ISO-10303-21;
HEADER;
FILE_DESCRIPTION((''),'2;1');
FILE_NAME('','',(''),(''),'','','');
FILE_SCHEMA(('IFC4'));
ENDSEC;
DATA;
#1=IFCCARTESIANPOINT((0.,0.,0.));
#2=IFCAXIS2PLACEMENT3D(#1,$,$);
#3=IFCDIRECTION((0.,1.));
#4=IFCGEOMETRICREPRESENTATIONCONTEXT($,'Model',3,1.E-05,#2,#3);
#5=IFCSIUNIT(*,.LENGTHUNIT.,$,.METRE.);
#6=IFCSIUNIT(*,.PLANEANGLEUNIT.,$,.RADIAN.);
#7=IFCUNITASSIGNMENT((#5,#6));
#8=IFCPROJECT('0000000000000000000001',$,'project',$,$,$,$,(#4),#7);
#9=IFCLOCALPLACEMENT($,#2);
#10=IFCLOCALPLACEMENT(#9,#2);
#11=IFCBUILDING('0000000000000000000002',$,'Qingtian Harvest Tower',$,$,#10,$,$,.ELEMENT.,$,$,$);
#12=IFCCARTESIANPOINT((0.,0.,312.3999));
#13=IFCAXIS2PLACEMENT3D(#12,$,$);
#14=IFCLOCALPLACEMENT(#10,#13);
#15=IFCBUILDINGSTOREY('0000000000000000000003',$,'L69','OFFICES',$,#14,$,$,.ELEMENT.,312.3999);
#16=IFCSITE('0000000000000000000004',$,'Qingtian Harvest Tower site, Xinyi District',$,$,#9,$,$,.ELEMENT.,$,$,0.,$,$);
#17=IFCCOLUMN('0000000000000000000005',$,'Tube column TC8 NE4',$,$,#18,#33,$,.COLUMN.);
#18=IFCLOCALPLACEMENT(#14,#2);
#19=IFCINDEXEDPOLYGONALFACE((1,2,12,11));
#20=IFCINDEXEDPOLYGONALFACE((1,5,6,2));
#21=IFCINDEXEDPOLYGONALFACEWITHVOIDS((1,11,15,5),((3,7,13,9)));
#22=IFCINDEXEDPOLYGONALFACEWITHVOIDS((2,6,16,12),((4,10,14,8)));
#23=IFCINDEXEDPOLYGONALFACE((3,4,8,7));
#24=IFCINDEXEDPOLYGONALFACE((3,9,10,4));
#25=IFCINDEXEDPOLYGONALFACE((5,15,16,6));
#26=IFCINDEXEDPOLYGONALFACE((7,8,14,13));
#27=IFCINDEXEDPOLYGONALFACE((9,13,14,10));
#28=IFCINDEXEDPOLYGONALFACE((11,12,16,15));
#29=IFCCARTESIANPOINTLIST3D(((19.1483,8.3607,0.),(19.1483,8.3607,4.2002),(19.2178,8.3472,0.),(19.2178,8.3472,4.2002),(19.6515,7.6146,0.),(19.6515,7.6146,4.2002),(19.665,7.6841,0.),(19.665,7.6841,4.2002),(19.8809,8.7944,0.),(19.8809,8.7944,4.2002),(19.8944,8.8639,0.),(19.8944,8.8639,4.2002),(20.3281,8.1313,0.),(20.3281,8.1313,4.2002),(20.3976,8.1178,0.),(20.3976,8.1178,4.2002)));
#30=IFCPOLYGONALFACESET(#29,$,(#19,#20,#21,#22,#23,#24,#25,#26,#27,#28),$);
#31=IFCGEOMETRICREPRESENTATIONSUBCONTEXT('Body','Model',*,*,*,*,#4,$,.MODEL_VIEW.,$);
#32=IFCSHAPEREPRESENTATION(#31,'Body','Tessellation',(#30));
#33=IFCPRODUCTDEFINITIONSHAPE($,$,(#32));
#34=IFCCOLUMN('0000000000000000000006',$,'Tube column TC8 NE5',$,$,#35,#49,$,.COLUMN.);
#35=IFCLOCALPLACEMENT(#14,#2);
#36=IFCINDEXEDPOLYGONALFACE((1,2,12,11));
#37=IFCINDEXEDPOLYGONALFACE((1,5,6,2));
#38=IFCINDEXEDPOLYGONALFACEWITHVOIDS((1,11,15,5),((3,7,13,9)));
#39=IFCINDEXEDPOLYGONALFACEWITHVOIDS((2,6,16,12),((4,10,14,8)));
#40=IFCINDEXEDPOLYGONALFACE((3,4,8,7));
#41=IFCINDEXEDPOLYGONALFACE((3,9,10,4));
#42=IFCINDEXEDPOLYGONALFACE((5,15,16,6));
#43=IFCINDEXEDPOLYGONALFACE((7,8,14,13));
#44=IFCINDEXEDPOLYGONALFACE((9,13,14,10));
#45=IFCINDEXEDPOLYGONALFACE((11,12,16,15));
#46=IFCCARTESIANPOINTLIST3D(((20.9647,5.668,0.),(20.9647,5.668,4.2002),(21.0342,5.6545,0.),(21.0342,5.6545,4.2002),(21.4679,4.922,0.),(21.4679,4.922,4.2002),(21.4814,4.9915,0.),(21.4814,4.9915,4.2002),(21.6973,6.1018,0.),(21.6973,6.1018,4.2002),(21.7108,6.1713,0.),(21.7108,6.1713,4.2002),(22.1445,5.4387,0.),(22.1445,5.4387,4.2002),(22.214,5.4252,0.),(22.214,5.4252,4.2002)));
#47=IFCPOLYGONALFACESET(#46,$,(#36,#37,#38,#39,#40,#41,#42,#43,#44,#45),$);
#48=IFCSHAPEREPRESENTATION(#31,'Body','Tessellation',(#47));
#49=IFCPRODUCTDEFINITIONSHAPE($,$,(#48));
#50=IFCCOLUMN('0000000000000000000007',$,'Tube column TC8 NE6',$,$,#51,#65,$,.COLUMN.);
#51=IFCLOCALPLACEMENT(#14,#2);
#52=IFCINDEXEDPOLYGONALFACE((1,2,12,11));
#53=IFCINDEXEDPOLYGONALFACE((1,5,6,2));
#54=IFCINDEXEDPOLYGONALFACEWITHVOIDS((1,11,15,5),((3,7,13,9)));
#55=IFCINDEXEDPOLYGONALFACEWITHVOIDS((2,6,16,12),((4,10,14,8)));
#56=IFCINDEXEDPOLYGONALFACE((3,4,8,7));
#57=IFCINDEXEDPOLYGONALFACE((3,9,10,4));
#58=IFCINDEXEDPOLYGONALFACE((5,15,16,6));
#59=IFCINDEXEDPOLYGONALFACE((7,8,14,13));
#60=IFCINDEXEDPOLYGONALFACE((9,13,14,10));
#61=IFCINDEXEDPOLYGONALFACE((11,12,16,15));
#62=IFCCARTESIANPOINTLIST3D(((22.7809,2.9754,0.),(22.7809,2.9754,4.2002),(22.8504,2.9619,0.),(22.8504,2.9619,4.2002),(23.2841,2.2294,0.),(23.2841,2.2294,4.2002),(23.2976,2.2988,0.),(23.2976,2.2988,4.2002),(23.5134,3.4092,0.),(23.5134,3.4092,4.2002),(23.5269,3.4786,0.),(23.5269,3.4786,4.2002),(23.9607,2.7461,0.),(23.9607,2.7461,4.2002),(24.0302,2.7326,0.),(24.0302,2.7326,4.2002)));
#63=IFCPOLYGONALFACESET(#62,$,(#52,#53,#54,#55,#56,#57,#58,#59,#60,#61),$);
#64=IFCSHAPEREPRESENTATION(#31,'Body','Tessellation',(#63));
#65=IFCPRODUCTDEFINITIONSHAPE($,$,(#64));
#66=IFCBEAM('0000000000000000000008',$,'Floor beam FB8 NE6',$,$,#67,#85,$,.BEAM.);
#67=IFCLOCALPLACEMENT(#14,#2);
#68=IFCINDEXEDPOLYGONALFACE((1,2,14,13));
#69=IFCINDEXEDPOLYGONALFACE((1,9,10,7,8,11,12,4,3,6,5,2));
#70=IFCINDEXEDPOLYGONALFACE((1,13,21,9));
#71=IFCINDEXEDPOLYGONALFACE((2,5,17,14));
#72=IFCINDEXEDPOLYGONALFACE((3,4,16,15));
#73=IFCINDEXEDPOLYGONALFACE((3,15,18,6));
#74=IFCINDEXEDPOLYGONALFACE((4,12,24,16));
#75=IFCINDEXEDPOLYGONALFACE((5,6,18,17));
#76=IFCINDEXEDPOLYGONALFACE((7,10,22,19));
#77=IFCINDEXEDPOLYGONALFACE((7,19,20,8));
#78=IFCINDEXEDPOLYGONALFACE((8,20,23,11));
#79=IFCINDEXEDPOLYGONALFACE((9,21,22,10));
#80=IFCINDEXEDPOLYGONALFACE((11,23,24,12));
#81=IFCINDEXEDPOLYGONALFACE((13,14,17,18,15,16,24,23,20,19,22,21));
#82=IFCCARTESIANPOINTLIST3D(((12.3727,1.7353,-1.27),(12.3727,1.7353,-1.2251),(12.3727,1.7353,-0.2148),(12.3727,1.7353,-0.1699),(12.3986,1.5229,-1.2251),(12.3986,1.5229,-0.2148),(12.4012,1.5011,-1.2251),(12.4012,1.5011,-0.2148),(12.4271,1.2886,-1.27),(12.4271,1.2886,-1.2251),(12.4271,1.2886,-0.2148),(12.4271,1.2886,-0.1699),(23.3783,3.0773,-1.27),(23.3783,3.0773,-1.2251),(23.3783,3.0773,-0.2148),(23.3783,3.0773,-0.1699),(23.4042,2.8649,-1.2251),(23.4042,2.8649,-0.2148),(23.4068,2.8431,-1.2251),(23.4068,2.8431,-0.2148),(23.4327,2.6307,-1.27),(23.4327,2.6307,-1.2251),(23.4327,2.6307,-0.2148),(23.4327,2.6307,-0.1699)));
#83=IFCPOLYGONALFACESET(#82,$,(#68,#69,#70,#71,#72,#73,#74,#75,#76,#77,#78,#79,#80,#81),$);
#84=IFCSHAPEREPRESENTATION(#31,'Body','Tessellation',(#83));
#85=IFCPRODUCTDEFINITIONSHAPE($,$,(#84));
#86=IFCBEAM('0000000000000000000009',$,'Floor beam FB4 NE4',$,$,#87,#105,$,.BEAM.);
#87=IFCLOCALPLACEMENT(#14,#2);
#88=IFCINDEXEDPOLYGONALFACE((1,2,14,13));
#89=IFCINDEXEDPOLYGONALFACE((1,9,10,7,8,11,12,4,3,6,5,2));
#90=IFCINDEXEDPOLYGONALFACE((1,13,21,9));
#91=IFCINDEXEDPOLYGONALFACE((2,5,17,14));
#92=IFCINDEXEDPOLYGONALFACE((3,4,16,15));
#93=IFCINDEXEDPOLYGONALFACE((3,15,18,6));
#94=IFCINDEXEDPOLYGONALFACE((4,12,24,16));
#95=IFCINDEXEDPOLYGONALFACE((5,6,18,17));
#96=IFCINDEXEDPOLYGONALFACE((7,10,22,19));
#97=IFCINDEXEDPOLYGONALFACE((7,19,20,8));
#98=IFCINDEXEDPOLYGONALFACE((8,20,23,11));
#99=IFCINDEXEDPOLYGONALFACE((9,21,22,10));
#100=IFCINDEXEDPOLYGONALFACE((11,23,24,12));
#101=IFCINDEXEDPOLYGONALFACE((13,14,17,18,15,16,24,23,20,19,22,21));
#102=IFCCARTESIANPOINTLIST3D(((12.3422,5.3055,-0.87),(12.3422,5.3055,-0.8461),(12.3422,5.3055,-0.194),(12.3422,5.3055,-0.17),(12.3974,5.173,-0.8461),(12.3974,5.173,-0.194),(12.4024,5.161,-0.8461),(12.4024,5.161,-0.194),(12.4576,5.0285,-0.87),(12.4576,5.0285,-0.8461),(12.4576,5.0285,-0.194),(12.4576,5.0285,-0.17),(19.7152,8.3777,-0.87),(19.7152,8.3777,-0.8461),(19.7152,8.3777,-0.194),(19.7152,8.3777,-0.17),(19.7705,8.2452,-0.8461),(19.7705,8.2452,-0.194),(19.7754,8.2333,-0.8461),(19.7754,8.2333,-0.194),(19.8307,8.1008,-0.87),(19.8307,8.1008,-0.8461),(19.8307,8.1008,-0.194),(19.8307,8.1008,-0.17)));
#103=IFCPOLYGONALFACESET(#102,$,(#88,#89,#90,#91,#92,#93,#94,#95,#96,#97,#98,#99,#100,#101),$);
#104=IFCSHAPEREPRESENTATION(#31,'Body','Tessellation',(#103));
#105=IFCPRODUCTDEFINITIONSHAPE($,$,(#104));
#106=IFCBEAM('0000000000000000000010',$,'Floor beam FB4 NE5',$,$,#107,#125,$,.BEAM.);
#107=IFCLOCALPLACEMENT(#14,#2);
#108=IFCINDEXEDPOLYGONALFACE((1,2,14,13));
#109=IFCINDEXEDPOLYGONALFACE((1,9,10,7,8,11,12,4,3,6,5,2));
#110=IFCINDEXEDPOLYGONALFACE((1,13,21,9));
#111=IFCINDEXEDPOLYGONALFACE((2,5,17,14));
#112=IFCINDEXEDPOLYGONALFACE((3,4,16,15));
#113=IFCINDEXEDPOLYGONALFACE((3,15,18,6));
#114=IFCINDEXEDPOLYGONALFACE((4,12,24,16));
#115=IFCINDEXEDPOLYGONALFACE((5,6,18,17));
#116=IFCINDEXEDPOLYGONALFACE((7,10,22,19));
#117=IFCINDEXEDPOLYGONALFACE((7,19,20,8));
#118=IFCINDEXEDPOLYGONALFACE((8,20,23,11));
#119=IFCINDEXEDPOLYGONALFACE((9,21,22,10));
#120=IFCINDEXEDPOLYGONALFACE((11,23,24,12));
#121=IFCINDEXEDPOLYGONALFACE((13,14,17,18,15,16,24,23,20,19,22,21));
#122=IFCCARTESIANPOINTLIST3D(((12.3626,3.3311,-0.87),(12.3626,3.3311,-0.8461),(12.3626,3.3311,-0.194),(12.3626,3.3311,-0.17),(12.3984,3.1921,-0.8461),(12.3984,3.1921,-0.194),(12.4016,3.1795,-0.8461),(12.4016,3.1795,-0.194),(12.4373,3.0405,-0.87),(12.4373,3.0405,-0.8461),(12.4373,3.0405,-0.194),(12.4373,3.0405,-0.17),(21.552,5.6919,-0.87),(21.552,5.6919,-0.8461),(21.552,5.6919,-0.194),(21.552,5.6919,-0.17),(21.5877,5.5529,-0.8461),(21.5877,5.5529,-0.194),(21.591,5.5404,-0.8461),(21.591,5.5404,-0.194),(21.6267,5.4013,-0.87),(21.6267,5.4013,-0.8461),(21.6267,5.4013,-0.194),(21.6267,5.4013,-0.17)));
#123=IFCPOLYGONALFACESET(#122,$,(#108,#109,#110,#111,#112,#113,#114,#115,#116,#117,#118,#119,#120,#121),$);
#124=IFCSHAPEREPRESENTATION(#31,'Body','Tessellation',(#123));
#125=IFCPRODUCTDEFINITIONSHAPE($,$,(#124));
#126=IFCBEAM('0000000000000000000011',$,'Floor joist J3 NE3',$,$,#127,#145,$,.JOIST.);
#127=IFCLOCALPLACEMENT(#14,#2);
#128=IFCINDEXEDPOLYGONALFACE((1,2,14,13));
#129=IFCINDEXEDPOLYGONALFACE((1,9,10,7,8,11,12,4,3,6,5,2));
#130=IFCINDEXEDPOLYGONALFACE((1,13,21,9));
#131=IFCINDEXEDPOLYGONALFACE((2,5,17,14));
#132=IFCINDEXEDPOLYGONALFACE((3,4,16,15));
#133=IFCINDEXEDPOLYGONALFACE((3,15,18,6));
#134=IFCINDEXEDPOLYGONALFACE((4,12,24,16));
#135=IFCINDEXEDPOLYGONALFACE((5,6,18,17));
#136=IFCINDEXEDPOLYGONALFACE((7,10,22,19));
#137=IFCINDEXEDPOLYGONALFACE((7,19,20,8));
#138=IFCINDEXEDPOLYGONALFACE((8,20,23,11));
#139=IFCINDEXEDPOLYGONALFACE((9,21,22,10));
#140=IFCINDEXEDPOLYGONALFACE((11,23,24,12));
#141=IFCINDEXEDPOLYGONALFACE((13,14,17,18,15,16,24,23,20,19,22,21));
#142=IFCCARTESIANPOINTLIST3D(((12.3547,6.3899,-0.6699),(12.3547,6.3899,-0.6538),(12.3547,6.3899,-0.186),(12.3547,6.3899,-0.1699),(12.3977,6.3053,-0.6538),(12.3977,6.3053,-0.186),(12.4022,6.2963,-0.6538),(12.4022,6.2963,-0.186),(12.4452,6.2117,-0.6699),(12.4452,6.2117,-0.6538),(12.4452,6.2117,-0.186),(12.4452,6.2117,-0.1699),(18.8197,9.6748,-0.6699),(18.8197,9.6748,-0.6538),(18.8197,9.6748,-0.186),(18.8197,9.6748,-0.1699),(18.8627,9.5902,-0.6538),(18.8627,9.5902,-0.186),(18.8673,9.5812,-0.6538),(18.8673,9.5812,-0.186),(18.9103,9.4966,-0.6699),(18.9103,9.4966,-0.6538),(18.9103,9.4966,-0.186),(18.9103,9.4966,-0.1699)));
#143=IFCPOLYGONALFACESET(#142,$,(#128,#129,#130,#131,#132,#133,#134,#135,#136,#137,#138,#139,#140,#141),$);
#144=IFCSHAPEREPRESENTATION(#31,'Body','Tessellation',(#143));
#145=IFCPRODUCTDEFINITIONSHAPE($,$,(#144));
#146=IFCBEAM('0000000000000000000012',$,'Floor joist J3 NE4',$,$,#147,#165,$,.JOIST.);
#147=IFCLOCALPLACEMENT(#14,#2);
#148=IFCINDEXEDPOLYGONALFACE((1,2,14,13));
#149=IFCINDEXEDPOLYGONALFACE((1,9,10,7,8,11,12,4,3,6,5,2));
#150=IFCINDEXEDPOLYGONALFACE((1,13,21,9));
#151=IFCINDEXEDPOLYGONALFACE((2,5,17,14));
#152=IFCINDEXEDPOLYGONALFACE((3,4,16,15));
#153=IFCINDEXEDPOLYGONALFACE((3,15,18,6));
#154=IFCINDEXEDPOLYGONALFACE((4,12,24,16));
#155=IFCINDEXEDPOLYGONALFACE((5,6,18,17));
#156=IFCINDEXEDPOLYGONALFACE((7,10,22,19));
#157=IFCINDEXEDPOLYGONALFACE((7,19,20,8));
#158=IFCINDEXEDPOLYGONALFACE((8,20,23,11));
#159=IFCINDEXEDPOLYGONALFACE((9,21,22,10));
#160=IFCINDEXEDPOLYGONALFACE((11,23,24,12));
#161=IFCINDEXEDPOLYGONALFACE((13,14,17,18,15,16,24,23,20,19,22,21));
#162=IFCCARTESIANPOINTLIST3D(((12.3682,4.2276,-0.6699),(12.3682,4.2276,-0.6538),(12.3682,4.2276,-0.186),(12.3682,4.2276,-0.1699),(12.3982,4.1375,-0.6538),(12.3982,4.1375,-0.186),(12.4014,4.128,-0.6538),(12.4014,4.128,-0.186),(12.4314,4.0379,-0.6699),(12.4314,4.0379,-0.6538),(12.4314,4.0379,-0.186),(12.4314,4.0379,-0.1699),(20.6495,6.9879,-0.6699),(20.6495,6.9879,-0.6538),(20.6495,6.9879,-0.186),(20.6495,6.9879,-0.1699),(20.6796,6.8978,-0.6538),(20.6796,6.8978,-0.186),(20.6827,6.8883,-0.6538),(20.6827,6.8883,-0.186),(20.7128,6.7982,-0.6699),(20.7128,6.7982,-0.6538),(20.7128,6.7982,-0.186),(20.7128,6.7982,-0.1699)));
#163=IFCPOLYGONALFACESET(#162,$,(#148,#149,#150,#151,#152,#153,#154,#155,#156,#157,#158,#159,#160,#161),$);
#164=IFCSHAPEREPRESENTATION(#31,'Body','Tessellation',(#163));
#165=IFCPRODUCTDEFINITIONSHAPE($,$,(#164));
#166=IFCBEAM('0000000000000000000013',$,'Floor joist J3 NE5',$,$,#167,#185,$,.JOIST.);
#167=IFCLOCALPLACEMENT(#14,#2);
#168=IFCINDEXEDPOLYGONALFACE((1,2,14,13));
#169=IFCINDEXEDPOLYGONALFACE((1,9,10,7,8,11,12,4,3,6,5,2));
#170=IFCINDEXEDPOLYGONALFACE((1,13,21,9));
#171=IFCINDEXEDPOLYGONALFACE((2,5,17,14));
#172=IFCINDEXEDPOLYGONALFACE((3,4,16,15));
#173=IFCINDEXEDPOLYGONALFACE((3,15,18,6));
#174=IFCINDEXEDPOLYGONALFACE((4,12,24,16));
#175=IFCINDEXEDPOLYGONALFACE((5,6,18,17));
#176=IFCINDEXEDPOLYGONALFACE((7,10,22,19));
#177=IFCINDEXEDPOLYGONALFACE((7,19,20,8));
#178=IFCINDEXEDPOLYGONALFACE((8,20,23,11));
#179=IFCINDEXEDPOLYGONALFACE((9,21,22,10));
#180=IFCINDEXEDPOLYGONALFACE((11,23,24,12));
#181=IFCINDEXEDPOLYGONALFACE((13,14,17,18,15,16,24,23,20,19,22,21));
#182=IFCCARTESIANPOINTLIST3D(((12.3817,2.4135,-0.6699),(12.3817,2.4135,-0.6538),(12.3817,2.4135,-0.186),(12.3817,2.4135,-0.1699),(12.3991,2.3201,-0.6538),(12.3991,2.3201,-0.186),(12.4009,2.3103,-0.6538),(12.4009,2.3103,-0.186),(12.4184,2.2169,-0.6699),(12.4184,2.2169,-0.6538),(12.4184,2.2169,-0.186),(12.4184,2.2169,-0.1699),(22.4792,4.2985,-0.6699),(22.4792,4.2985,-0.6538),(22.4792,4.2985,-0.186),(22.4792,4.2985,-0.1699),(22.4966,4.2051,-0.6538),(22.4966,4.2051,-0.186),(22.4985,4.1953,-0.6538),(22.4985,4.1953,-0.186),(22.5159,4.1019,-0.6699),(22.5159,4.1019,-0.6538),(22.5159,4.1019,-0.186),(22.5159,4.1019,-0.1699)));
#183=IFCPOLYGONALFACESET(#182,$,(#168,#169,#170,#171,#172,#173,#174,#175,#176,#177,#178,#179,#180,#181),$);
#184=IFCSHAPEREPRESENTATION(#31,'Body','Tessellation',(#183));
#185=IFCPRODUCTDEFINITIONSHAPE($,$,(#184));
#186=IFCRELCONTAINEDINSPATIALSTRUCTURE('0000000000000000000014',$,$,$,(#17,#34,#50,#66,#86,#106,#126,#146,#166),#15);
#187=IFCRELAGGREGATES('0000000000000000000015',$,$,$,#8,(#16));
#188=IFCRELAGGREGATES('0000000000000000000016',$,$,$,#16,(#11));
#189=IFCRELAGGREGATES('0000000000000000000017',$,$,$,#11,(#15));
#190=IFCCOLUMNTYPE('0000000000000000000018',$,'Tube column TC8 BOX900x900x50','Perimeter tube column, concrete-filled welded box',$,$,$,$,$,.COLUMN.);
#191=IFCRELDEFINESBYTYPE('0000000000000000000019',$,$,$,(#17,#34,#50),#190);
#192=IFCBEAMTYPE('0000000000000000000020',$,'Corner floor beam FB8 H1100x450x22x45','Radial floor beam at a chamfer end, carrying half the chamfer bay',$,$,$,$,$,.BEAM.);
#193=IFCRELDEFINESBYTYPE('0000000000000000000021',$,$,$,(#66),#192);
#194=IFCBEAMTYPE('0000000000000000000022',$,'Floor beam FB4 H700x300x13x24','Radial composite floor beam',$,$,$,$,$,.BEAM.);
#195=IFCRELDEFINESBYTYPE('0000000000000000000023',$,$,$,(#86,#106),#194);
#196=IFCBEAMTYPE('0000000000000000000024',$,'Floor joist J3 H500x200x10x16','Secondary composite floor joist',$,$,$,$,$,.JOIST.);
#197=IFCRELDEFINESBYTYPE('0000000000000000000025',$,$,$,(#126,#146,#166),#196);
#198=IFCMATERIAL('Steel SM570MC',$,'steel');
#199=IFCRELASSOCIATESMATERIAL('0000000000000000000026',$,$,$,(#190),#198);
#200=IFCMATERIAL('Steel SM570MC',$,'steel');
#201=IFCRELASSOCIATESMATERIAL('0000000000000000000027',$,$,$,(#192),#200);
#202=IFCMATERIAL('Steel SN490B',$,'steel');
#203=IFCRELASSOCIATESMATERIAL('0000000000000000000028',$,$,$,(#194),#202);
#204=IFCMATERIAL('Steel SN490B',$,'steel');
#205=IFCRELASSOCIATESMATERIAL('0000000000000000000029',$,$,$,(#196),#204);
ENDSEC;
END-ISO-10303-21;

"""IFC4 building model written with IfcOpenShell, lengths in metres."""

from ifc_helpers import new_model, si_unit, direction, frame, origin, origin_2d, place, context, subcontext, project, spatial, hollow_rectangle, i_section, extrude, material, material_profile, profile_set, type_object, element, save


model = new_model("IFC4")

# Units and contexts
model_context = context("Model", 3, precision=1e-05, world=origin(), true_north=direction((0.0, 1.0)))
body_context = subcontext(model_context, "Body", "Model", "MODEL_VIEW")
ifc_project = project(units=[si_unit("LENGTHUNIT", "METRE"), si_unit("PLANEANGLEUNIT", "RADIAN")], contexts=[model_context])

# Site, building, storey
site_placement = place(None, origin())
site = spatial("IfcSite", under=ifc_project, at=site_placement, Name="Qingtian Harvest Tower site, Xinyi District", CompositionType="ELEMENT", RefElevation=0.0)
building_placement = place(site_placement, origin())
building = spatial("IfcBuilding", under=site, at=building_placement, Name="Qingtian Harvest Tower", CompositionType="ELEMENT")
storey_placement = place(building_placement, frame((0.0, 0.0, 312.3999)))
storey = spatial("IfcBuildingStorey", under=building, at=storey_placement, Name="L69", Description="OFFICES", CompositionType="ELEMENT", Elevation=312.3999)

# Columns
ifc_material_1 = material(Name="Steel SM570MC", Category="steel")
ifc_material_profile_1 = material_profile(ifc_material_1, hollow_rectangle(XDim=0.8999, YDim=0.8999, WallThickness=0.05, at=origin_2d()), Name="BOX900x900x50")
ifc_profile_set_1 = profile_set([ifc_material_profile_1], Name="Steel SM570MC")
column_type = type_object("IfcColumnType", Name="Tube column TC8 BOX900x900x50", Description="Perimeter tube column, concrete-filled welded box", PredefinedType="COLUMN", material=ifc_profile_set_1)
for number, where, z_axis, x_axis, name in (
    (1, (19.7729, 8.2393, 0.0), (0.0, 0.0, 1.0), (-0.559193, 0.829038, 0.0), "Tube column TC8 NE4"),
    (2, (21.5894, 5.5466, 0.0), (0.0, 0.0, 1.0), (-0.559193, 0.829038, 0.0), "Tube column TC8 NE5"),
    (3, (23.4055, 2.854, 0.0), (0.0, 0.0, 1.0), (-0.559193, 0.829038, 0.0), "Tube column TC8 NE6"),
):
    element("IfcColumn", number, at=place(storey_placement, frame(where, z_axis=z_axis, x_axis=x_axis)), inside=storey, type_object=column_type, Name=name, PredefinedType="COLUMN", context=body_context, shape_type="SweptSolid", body=[
        extrude(hollow_rectangle(XDim=0.8999, YDim=0.8999, WallThickness=0.05, at=origin_2d()), origin(), (0.0, 0.0, 1.0), 4.2002),
    ])

# Beams
ifc_material_2 = material(Name="Steel SM570MC", Category="steel")
ifc_material_profile_2 = material_profile(ifc_material_2, i_section(OverallWidth=0.45, OverallDepth=1.1001, WebThickness=0.022, FlangeThickness=0.0449, at=origin_2d()), Name="H1100x450x22x45")
ifc_profile_set_2 = profile_set([ifc_material_profile_2], Name="Steel SM570MC")
beam_type_1 = type_object("IfcBeamType", Name="Corner floor beam FB8 H1100x450x22x45", Description="Radial floor beam at a chamfer end, carrying half the chamfer bay", PredefinedType="BEAM", material=ifc_profile_set_2)
beam_1_placement = place(storey_placement, frame((23.4055, 2.854, -0.72), z_axis=(-0.992647, -0.121045, 0.0), x_axis=(0.121045, -0.992647, 0.0)))
element("IfcBeam", 4, at=beam_1_placement, inside=storey, type_object=beam_type_1, Name="Floor beam FB8 NE6", PredefinedType="BEAM", context=body_context, shape_type="SweptSolid", body=[
    extrude(i_section(OverallWidth=0.45, OverallDepth=1.1001, WebThickness=0.022, FlangeThickness=0.0449, at=origin_2d()), origin(), (0.0, 0.0, 1.0), 11.0872),
])
ifc_material_3 = material(Name="Steel SN490B", Category="steel")
ifc_material_profile_3 = material_profile(ifc_material_3, i_section(OverallWidth=0.3, OverallDepth=0.7, WebThickness=0.0129, FlangeThickness=0.0239, at=origin_2d()), Name="H700x300x13x24")
ifc_profile_set_3 = profile_set([ifc_material_profile_3], Name="Steel SN490B")
beam_type_2 = type_object("IfcBeamType", Name="Floor beam FB4 H700x300x13x24", Description="Radial composite floor beam", PredefinedType="BEAM", material=ifc_profile_set_3)
beam_2_placement = place(storey_placement, frame((19.7729, 8.2393, -0.52), z_axis=(-0.92307, -0.384633, 0.0), x_axis=(0.384633, -0.92307, 0.0)))
element("IfcBeam", 5, at=beam_2_placement, inside=storey, type_object=beam_type_2, Name="Floor beam FB4 NE4", PredefinedType="BEAM", context=body_context, shape_type="SweptSolid", body=[
    extrude(i_section(OverallWidth=0.3, OverallDepth=0.7, WebThickness=0.0129, FlangeThickness=0.0239, at=origin_2d()), origin(), (0.0, 0.0, 1.0), 7.9875),
])
beam_3_placement = place(storey_placement, frame((21.5894, 5.5466, -0.52), z_axis=(-0.968548, -0.248827, 0.0), x_axis=(0.248827, -0.968548, 0.0)))
element("IfcBeam", 6, at=beam_3_placement, inside=storey, type_object=beam_type_2, Name="Floor beam FB4 NE5", PredefinedType="BEAM", context=body_context, shape_type="SweptSolid", body=[
    extrude(i_section(OverallWidth=0.3, OverallDepth=0.7, WebThickness=0.0129, FlangeThickness=0.0239, at=origin_2d()), origin(), (0.0, 0.0, 1.0), 9.4878),
])
ifc_material_4 = material(Name="Steel SN490B", Category="steel")
ifc_material_profile_4 = material_profile(ifc_material_4, i_section(OverallWidth=0.2, OverallDepth=0.5, WebThickness=0.01, FlangeThickness=0.0161, at=origin_2d()), Name="H500x200x10x16")
ifc_profile_set_4 = profile_set([ifc_material_profile_4], Name="Steel SN490B")
beam_type_3 = type_object("IfcBeamType", Name="Floor joist J3 H500x200x10x16", Description="Secondary composite floor joist", PredefinedType="JOIST", material=ifc_profile_set_4)
beam_4_placement = place(storey_placement, frame((18.865, 9.5857, -0.4199), z_axis=(-0.89152, -0.452981, 0.0), x_axis=(0.452981, -0.89152, 0.0)))
element("IfcBeam", 7, at=beam_4_placement, inside=storey, type_object=beam_type_3, Name="Floor joist J3 NE3", PredefinedType="JOIST", context=body_context, shape_type="SweptSolid", body=[
    extrude(i_section(OverallWidth=0.2, OverallDepth=0.5, WebThickness=0.01, FlangeThickness=0.0161, at=origin_2d()), origin(), (0.0, 0.0, 1.0), 7.2517),
])
beam_5_placement = place(storey_placement, frame((20.6812, 6.8931, -0.4199), z_axis=(-0.948689, -0.316211, 0.0), x_axis=(0.316211, -0.948689, 0.0)))
element("IfcBeam", 8, at=beam_5_placement, inside=storey, type_object=beam_type_3, Name="Floor joist J3 NE4", PredefinedType="JOIST", context=body_context, shape_type="SweptSolid", body=[
    extrude(i_section(OverallWidth=0.2, OverallDepth=0.5, WebThickness=0.01, FlangeThickness=0.0161, at=origin_2d()), origin(), (0.0, 0.0, 1.0), 8.7292),
])
beam_6_placement = place(storey_placement, frame((22.4976, 4.2002, -0.4199), z_axis=(-0.983018, -0.183508, 0.0), x_axis=(0.183508, -0.983018, 0.0)))
element("IfcBeam", 9, at=beam_6_placement, inside=storey, type_object=beam_type_3, Name="Floor joist J3 NE5", PredefinedType="JOIST", context=body_context, shape_type="SweptSolid", body=[
    extrude(i_section(OverallWidth=0.2, OverallDepth=0.5, WebThickness=0.01, FlangeThickness=0.0161, at=origin_2d()), origin(), (0.0, 0.0, 1.0), 10.272),
])

save(model, "model.ifc")
